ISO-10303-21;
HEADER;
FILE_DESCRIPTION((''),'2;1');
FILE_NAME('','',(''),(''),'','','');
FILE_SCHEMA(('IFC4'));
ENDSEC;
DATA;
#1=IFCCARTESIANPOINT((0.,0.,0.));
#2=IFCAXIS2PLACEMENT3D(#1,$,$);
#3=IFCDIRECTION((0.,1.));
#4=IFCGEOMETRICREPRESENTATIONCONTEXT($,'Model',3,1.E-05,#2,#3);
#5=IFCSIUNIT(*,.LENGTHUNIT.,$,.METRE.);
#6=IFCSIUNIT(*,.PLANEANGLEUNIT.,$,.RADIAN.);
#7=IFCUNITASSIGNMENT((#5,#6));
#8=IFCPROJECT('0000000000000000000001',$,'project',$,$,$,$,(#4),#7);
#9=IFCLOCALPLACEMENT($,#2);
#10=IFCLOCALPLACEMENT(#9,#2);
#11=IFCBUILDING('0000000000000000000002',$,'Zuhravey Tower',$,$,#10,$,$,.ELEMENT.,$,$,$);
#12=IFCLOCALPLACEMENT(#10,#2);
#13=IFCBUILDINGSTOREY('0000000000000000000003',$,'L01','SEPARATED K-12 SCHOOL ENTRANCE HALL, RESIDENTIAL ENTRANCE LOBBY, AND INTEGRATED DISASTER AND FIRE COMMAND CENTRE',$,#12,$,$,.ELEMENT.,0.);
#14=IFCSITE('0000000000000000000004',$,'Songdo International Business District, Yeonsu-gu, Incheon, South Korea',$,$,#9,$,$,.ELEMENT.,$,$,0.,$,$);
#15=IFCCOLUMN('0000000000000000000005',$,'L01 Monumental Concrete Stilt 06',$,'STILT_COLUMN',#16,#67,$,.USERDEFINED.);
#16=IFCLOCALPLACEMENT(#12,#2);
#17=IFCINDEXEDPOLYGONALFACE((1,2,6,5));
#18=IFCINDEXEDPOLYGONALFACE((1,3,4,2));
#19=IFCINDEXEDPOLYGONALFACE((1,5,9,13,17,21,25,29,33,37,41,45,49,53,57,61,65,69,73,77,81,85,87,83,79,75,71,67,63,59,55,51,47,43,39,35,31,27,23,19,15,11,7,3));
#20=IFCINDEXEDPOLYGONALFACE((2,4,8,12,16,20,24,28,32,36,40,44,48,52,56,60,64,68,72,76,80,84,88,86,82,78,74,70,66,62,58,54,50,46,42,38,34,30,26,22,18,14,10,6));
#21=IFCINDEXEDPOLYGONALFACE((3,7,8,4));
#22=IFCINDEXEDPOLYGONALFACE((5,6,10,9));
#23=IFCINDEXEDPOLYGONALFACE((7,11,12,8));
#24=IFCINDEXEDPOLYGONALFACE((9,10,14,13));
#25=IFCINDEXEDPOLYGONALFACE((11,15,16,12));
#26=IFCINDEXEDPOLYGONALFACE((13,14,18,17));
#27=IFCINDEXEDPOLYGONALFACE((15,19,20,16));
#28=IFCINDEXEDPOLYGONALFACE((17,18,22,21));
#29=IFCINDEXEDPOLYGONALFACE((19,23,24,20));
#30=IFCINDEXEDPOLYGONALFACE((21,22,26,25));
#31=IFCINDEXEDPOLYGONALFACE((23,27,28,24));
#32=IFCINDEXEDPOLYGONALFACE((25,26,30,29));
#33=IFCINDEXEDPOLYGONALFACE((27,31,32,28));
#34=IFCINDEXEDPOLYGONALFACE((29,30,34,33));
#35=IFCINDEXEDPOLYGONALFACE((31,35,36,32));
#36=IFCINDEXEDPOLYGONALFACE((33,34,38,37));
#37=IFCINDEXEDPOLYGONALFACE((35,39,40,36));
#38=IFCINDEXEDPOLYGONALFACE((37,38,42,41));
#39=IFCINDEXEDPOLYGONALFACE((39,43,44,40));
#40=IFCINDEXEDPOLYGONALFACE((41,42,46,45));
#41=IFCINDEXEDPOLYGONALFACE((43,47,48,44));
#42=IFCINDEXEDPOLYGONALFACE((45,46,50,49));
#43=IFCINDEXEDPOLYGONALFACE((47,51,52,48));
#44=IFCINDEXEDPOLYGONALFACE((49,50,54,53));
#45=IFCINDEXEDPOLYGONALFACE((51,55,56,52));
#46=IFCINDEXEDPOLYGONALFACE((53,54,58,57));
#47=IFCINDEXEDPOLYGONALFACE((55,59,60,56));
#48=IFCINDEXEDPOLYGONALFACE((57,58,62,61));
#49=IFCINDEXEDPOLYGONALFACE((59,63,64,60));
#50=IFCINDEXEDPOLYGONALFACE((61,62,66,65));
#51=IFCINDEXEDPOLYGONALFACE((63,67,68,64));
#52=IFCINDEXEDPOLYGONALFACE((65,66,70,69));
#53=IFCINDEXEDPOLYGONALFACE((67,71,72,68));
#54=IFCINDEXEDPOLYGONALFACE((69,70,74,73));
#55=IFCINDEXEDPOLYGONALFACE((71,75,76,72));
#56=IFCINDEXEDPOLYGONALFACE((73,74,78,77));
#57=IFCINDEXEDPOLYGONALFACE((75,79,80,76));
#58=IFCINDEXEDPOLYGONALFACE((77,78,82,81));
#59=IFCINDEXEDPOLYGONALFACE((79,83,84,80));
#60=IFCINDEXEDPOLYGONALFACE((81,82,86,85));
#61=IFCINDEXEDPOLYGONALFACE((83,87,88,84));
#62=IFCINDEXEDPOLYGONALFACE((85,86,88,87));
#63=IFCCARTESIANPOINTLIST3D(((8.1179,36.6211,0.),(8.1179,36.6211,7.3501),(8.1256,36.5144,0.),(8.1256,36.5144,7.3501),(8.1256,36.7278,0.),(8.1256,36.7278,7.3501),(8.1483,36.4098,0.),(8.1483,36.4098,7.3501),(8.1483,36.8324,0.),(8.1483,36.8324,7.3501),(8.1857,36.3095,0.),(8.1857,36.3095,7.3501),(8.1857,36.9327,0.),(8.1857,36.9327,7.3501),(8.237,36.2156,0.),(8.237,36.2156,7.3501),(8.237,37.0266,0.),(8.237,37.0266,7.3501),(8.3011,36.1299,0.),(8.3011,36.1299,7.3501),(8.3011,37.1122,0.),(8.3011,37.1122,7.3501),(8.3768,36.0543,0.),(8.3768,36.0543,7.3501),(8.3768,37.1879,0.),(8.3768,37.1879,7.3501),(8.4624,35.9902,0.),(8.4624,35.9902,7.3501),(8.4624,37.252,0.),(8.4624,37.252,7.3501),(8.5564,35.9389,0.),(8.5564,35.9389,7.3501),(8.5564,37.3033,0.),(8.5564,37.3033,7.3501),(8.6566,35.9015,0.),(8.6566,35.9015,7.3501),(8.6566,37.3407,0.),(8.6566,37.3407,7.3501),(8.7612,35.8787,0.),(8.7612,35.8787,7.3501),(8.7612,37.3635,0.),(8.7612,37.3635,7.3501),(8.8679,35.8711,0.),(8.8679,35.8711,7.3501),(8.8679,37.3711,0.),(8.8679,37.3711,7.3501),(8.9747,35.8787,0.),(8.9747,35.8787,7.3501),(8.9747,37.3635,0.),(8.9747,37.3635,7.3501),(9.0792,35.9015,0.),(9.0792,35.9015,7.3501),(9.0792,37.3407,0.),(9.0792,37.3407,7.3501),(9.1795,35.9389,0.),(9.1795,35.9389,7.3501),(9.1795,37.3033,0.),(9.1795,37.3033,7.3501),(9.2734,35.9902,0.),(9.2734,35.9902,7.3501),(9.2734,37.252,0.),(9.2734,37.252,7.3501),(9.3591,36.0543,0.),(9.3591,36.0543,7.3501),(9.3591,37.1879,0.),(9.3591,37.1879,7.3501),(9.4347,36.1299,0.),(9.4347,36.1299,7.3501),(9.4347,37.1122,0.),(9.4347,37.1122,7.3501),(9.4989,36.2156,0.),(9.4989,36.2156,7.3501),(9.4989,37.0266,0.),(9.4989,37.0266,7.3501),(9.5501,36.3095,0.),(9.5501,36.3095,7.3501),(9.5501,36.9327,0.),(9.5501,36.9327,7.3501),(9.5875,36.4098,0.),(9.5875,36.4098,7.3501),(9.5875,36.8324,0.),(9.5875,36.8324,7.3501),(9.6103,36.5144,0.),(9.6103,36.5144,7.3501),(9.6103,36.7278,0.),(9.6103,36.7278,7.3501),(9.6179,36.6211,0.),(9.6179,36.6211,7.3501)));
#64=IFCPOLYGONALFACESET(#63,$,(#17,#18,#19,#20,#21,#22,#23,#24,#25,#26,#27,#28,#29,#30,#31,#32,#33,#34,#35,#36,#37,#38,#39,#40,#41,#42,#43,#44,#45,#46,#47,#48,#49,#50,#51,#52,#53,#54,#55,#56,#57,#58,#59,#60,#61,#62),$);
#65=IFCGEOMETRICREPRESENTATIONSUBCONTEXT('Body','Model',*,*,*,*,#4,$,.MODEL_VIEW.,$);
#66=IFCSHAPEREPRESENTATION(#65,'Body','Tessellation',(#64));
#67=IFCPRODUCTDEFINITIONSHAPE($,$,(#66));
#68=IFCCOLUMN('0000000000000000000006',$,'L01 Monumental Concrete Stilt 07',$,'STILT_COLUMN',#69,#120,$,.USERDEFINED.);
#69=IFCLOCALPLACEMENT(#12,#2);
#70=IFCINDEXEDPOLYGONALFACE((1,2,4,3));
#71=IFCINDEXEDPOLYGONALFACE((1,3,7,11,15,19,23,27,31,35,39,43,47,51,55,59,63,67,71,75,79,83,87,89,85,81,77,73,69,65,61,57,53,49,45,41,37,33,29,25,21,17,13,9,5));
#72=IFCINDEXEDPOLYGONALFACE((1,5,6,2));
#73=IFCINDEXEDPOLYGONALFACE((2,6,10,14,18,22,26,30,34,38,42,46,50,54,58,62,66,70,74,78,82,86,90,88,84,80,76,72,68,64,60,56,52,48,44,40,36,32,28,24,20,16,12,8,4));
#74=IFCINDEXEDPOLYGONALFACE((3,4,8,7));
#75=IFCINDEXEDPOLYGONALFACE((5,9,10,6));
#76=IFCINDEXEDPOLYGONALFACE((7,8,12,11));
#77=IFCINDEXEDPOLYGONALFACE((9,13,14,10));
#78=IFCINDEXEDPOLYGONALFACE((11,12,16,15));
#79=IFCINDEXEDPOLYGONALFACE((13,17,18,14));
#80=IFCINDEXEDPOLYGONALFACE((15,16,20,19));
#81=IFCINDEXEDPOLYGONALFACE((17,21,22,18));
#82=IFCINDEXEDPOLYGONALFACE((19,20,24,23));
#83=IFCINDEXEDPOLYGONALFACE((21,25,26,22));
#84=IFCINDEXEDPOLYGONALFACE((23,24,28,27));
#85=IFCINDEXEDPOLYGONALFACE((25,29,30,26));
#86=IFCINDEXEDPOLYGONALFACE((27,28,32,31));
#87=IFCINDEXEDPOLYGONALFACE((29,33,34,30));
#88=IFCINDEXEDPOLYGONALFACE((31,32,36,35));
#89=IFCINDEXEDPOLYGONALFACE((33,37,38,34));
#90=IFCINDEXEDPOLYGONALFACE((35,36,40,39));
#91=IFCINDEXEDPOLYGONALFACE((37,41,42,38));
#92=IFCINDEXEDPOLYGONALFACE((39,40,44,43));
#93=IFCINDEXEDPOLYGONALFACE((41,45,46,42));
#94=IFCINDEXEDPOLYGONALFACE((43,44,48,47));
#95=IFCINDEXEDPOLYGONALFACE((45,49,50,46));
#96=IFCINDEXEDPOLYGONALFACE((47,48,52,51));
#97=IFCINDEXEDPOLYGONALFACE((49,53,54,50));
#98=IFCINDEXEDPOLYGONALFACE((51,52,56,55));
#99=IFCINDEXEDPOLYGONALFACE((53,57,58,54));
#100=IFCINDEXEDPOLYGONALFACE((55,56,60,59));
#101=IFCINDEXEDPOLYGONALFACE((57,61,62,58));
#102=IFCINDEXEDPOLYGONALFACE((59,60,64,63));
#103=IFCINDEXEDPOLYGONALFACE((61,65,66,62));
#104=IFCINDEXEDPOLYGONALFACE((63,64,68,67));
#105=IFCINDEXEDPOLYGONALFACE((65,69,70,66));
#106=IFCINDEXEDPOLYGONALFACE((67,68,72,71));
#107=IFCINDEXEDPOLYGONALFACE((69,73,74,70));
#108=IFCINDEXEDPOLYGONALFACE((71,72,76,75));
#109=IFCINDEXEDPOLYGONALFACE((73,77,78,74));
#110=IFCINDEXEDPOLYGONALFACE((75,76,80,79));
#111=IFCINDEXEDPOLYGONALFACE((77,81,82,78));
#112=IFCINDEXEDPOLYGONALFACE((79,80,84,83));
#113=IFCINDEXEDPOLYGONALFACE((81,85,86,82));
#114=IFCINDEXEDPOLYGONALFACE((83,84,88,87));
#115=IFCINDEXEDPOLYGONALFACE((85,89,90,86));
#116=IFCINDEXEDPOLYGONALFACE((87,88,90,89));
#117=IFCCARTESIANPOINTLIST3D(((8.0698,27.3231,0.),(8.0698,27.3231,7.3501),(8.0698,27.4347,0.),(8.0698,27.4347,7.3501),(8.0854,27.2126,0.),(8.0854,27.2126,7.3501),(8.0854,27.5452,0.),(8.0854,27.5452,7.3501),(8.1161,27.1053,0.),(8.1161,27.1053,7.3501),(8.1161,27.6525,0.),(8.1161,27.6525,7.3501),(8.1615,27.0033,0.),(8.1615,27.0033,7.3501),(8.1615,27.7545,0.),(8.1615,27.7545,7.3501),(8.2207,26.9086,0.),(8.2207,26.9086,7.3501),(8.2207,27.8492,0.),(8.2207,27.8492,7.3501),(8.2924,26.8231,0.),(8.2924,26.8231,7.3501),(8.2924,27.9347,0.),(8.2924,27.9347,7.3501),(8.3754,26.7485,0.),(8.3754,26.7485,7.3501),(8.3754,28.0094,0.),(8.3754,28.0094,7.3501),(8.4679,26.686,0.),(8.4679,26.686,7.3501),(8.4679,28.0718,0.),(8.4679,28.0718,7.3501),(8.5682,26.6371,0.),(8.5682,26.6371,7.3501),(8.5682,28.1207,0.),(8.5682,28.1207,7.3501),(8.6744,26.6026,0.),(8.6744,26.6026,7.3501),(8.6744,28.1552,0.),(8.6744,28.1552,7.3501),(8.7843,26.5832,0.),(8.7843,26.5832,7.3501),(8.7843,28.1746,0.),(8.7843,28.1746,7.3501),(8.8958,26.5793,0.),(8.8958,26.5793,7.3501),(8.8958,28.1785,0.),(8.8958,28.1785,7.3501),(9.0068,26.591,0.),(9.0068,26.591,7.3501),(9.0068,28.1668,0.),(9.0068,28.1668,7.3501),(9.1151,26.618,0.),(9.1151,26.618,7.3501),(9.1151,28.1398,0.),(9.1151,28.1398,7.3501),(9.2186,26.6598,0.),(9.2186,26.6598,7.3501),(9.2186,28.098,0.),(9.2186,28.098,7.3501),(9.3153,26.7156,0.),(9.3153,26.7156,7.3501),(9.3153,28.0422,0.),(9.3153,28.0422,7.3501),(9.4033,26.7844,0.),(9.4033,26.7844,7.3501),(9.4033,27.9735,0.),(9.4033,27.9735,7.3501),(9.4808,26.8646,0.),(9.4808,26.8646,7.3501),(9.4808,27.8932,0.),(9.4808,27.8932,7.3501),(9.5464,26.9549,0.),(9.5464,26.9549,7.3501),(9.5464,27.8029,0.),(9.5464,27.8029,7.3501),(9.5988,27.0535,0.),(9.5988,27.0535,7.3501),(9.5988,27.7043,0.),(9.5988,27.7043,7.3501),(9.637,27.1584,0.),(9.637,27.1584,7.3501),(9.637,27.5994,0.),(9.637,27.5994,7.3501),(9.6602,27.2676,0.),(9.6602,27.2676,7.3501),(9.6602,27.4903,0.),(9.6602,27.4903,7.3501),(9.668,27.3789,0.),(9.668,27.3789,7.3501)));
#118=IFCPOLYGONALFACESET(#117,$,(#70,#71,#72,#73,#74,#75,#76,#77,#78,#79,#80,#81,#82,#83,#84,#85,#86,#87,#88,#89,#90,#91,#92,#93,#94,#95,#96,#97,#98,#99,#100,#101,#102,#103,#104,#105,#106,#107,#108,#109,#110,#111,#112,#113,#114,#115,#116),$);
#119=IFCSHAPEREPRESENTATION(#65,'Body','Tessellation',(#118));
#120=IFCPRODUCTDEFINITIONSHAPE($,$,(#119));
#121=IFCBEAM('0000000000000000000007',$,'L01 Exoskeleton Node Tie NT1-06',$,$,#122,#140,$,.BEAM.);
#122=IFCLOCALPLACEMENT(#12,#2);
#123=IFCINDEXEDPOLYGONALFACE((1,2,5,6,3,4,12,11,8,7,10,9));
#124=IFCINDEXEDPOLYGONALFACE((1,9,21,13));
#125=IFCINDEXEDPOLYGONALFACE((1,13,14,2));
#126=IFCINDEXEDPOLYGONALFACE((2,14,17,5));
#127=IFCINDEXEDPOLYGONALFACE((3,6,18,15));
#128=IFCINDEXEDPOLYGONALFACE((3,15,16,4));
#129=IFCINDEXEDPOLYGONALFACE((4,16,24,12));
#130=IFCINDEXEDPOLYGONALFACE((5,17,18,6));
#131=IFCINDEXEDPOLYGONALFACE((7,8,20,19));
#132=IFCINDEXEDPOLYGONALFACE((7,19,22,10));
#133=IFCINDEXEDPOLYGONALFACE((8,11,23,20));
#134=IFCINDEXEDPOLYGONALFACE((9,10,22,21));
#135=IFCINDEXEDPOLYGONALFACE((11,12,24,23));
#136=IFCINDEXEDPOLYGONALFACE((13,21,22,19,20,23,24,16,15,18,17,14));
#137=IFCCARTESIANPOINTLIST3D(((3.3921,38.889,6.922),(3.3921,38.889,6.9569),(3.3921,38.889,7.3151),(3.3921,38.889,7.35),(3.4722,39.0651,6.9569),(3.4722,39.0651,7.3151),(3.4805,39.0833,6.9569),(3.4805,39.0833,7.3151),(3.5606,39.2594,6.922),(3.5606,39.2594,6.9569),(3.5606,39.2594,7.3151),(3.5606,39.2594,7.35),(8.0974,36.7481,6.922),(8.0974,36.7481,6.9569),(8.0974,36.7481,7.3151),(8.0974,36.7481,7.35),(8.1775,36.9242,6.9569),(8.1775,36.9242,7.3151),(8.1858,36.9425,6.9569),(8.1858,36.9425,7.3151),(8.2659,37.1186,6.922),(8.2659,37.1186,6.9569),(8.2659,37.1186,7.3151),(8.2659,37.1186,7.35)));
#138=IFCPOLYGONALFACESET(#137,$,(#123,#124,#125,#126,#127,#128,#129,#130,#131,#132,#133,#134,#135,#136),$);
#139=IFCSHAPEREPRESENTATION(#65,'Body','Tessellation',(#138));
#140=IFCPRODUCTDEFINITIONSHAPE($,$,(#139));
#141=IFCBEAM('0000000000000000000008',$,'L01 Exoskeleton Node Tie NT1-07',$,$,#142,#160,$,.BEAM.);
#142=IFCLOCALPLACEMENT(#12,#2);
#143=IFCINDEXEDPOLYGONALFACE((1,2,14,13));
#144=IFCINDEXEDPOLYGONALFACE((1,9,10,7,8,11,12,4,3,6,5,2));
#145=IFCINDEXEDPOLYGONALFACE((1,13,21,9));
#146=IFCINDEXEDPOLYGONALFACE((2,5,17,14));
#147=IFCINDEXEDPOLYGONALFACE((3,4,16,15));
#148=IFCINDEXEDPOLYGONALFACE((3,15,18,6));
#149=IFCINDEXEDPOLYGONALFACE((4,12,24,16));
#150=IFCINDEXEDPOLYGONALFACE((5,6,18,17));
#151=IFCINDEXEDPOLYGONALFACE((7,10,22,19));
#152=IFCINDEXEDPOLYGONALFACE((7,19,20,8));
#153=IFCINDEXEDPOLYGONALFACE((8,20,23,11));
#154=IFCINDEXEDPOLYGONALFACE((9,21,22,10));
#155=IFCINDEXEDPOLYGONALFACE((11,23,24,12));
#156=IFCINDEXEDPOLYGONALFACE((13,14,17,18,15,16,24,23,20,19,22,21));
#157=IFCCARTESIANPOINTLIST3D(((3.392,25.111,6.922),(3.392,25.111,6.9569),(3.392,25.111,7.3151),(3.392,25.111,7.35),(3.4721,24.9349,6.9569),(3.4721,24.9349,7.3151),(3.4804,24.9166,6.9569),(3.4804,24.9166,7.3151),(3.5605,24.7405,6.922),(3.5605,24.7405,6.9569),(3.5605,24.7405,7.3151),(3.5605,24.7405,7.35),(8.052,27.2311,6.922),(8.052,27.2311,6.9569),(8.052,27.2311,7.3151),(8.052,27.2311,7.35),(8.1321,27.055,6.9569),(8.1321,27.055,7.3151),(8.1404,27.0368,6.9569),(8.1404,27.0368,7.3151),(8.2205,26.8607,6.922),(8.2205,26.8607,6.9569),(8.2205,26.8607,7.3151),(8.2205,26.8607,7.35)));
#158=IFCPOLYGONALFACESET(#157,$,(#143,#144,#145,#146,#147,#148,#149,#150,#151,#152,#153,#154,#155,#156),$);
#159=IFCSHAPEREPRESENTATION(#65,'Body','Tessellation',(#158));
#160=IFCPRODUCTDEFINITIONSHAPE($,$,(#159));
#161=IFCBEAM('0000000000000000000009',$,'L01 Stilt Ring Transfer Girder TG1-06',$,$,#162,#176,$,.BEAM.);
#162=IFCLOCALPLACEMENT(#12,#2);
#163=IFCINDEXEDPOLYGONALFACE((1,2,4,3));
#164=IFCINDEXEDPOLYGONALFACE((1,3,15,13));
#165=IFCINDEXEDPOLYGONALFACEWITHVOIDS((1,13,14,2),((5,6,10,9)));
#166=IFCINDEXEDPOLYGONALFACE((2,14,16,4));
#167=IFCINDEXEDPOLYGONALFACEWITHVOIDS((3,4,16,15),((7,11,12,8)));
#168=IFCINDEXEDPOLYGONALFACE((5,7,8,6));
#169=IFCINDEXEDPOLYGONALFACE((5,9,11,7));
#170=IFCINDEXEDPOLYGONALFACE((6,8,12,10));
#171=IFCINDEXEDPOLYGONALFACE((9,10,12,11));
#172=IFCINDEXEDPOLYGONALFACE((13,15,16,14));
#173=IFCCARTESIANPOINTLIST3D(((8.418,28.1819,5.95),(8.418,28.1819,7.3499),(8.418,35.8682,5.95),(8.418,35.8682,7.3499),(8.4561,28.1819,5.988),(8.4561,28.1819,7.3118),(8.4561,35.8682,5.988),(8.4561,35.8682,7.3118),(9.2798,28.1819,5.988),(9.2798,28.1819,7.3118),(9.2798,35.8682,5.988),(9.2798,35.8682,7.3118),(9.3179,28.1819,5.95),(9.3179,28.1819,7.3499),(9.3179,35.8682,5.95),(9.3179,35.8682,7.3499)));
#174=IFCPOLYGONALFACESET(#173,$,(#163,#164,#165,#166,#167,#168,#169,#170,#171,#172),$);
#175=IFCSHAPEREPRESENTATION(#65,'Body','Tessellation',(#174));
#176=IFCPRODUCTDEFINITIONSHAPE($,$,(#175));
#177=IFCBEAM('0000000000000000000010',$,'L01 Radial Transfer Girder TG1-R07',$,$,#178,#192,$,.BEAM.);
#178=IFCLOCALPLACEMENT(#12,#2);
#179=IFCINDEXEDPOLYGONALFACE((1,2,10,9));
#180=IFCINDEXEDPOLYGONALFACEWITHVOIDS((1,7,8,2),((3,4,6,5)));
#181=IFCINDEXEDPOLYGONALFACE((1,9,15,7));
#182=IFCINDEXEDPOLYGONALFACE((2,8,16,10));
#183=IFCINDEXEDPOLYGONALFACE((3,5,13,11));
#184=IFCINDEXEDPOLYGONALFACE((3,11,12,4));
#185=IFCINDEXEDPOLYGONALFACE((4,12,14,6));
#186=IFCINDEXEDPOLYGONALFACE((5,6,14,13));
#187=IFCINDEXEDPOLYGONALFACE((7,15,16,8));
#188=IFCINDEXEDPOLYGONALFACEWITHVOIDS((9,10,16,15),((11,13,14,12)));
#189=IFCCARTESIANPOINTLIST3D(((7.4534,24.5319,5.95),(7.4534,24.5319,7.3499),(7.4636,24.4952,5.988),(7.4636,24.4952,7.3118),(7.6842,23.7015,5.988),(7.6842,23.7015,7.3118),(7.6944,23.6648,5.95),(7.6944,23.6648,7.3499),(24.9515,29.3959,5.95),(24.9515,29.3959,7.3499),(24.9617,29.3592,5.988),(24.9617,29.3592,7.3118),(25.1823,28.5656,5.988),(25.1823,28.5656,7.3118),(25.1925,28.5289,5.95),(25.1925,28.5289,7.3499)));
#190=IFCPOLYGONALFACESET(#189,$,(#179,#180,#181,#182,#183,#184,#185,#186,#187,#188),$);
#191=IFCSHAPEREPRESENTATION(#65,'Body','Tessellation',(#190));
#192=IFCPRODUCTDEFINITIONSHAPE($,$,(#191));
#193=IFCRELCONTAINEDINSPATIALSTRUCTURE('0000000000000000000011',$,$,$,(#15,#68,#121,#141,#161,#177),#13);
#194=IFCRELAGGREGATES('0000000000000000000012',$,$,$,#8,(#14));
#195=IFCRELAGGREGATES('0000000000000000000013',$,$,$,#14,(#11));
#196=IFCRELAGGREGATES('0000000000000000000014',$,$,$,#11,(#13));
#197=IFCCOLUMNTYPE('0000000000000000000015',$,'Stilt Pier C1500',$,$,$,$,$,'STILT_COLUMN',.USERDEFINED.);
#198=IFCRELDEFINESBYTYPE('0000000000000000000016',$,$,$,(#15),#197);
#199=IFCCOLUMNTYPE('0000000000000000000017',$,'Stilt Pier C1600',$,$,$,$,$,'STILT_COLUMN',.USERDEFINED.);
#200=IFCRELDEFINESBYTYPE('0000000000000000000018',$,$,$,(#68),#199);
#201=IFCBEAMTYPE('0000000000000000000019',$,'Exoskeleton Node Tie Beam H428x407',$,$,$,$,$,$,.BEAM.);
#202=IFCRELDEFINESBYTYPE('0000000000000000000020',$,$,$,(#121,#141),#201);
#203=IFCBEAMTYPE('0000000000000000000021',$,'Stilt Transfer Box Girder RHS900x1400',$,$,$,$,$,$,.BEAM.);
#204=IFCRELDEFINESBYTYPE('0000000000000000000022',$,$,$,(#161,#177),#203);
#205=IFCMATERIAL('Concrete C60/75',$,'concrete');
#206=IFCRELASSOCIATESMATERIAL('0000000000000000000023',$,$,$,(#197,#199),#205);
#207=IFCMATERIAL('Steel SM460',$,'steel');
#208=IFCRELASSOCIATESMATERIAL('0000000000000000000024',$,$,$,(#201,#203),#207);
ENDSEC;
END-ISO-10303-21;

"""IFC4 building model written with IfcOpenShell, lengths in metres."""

from ifc_helpers import new_model, si_unit, direction, frame, origin, origin_2d, place, context, subcontext, project, spatial, hollow_rectangle, circle, i_section, extrude, material, material_profile, profile_set, type_object, element, save


model = new_model("IFC4")

# Units and contexts
model_context = context("Model", 3, precision=1e-05, world=origin(), true_north=direction((0.0, 1.0)))
body_context = subcontext(model_context, "Body", "Model", "MODEL_VIEW")
ifc_project = project(units=[si_unit("LENGTHUNIT", "METRE"), si_unit("PLANEANGLEUNIT", "RADIAN")], contexts=[model_context])

# Site, building, storey
site_placement = place(None, origin())
site = spatial("IfcSite", under=ifc_project, at=site_placement, Name="Songdo International Business District, Yeonsu-gu, Incheon, South Korea", CompositionType="ELEMENT", RefElevation=0.0)
building_placement = place(site_placement, origin())
building = spatial("IfcBuilding", under=site, at=building_placement, Name="Zuhravey Tower", CompositionType="ELEMENT")
storey_placement = place(building_placement, origin())
storey = spatial("IfcBuildingStorey", under=building, at=storey_placement, Name="L01", Description="SEPARATED K-12 SCHOOL ENTRANCE HALL, RESIDENTIAL ENTRANCE LOBBY, AND INTEGRATED DISASTER AND FIRE COMMAND CENTRE", CompositionType="ELEMENT", Elevation=0.0)

# Columns
ifc_material_1 = material(Name="Concrete C60/75", Category="concrete")
ifc_material_profile_1 = material_profile(ifc_material_1, circle(Radius=0.75, at=origin_2d()), Name="RC-CIRC-1500")
ifc_profile_set_1 = profile_set([ifc_material_profile_1], Name="Concrete C60/75")
column_type_1 = type_object("IfcColumnType", Name="Stilt Pier C1500", ElementType="STILT_COLUMN", PredefinedType="USERDEFINED", material=ifc_profile_set_1)
column_1_placement = place(storey_placement, frame((8.8679, 36.6211, 0.0), z_axis=(0.0, 0.0, 1.0), x_axis=(1.0, 0.0, 0.0)))
element("IfcColumn", 1, at=column_1_placement, inside=storey, type_object=column_type_1, Name="L01 Monumental Concrete Stilt 06", ObjectType="STILT_COLUMN", PredefinedType="USERDEFINED", context=body_context, shape_type="SweptSolid", body=[
    extrude(circle(Radius=0.75, at=origin_2d()), origin(), (0.0, 0.0, 1.0), 7.3501),
])
ifc_material_profile_2 = material_profile(ifc_material_1, circle(Radius=0.8, at=origin_2d()), Name="RC-CIRC-1600")
ifc_profile_set_2 = profile_set([ifc_material_profile_2], Name="Concrete C60/75")
column_type_2 = type_object("IfcColumnType", Name="Stilt Pier C1600", ElementType="STILT_COLUMN", PredefinedType="USERDEFINED", material=ifc_profile_set_2)
column_2_placement = place(storey_placement, frame((8.8679, 27.3789, 0.0), z_axis=(0.0, 0.0, 1.0), x_axis=(1.0, 0.0, 0.0)))
element("IfcColumn", 2, at=column_2_placement, inside=storey, type_object=column_type_2, Name="L01 Monumental Concrete Stilt 07", ObjectType="STILT_COLUMN", PredefinedType="USERDEFINED", context=body_context, shape_type="SweptSolid", body=[
    extrude(circle(Radius=0.8, at=origin_2d()), origin(), (0.0, 0.0, 1.0), 7.3501),
])

# Beams
ifc_material_2 = material(Name="Steel SM460", Category="steel")
ifc_material_profile_3 = material_profile(ifc_material_2, i_section(OverallWidth=0.407, OverallDepth=0.428, WebThickness=0.02, FlangeThickness=0.0349, at=origin_2d()), Name="H-428x407x20x35")
ifc_profile_set_3 = profile_set([ifc_material_profile_3], Name="Steel SM460")
beam_type_1 = type_object("IfcBeamType", Name="Exoskeleton Node Tie Beam H428x407", PredefinedType="BEAM", material=ifc_profile_set_3)
beam_1_placement = place(storey_placement, frame((8.1816, 36.9333, 7.136), z_axis=(-0.910214, 0.414137, 0.0), x_axis=(-0.414137, -0.910214, 0.0)))
element("IfcBeam", 3, at=beam_1_placement, inside=storey, type_object=beam_type_1, Name="L01 Exoskeleton Node Tie NT1-06", PredefinedType="BEAM", context=body_context, shape_type="SweptSolid", body=[
    extrude(i_section(OverallWidth=0.407, OverallDepth=0.428, WebThickness=0.02, FlangeThickness=0.0349, at=origin_2d()), origin(), (0.0, 0.0, 1.0), 5.1694),
])
beam_2_placement = place(storey_placement, frame((8.1362, 27.0459, 7.136), z_axis=(-0.910221, -0.414123, 0.0), x_axis=(0.414123, -0.910221, 0.0)))
element("IfcBeam", 4, at=beam_2_placement, inside=storey, type_object=beam_type_1, Name="L01 Exoskeleton Node Tie NT1-07", PredefinedType="BEAM", context=body_context, shape_type="SweptSolid", body=[
    extrude(i_section(OverallWidth=0.407, OverallDepth=0.428, WebThickness=0.02, FlangeThickness=0.0349, at=origin_2d()), origin(), (0.0, 0.0, 1.0), 5.1196),
])
ifc_material_profile_4 = material_profile(ifc_material_2, hollow_rectangle(XDim=0.8999, YDim=1.3999, WallThickness=0.0381, at=origin_2d()), Name="RHS-900x1400x38")
ifc_profile_set_4 = profile_set([ifc_material_profile_4], Name="Steel SM460")
beam_type_2 = type_object("IfcBeamType", Name="Stilt Transfer Box Girder RHS900x1400", PredefinedType="BEAM", material=ifc_profile_set_4)
beam_3_placement = place(storey_placement, frame((8.8679, 35.8682, 6.6499), z_axis=(0.0, -1.0, 0.0), x_axis=(1.0, 0.0, 0.0)))
element("IfcBeam", 5, at=beam_3_placement, inside=storey, type_object=beam_type_2, Name="L01 Stilt Ring Transfer Girder TG1-06", PredefinedType="BEAM", context=body_context, shape_type="SweptSolid", body=[
    extrude(hollow_rectangle(XDim=0.8999, YDim=1.3999, WallThickness=0.0381, at=origin_2d()), origin(), (0.0, 0.0, 1.0), 7.6863),
])
beam_4_placement = place(storey_placement, frame((25.072, 28.9624, 6.6499), z_axis=(-0.963469, -0.26782, 0.0), x_axis=(0.26782, -0.963469, 0.0)))
element("IfcBeam", 6, at=beam_4_placement, inside=storey, type_object=beam_type_2, Name="L01 Radial Transfer Girder TG1-R07", PredefinedType="BEAM", context=body_context, shape_type="SweptSolid", body=[
    extrude(hollow_rectangle(XDim=0.8999, YDim=1.3999, WallThickness=0.0381, at=origin_2d()), origin(), (0.0, 0.0, 1.0), 18.1616),
])

save(model, "model.ifc")
